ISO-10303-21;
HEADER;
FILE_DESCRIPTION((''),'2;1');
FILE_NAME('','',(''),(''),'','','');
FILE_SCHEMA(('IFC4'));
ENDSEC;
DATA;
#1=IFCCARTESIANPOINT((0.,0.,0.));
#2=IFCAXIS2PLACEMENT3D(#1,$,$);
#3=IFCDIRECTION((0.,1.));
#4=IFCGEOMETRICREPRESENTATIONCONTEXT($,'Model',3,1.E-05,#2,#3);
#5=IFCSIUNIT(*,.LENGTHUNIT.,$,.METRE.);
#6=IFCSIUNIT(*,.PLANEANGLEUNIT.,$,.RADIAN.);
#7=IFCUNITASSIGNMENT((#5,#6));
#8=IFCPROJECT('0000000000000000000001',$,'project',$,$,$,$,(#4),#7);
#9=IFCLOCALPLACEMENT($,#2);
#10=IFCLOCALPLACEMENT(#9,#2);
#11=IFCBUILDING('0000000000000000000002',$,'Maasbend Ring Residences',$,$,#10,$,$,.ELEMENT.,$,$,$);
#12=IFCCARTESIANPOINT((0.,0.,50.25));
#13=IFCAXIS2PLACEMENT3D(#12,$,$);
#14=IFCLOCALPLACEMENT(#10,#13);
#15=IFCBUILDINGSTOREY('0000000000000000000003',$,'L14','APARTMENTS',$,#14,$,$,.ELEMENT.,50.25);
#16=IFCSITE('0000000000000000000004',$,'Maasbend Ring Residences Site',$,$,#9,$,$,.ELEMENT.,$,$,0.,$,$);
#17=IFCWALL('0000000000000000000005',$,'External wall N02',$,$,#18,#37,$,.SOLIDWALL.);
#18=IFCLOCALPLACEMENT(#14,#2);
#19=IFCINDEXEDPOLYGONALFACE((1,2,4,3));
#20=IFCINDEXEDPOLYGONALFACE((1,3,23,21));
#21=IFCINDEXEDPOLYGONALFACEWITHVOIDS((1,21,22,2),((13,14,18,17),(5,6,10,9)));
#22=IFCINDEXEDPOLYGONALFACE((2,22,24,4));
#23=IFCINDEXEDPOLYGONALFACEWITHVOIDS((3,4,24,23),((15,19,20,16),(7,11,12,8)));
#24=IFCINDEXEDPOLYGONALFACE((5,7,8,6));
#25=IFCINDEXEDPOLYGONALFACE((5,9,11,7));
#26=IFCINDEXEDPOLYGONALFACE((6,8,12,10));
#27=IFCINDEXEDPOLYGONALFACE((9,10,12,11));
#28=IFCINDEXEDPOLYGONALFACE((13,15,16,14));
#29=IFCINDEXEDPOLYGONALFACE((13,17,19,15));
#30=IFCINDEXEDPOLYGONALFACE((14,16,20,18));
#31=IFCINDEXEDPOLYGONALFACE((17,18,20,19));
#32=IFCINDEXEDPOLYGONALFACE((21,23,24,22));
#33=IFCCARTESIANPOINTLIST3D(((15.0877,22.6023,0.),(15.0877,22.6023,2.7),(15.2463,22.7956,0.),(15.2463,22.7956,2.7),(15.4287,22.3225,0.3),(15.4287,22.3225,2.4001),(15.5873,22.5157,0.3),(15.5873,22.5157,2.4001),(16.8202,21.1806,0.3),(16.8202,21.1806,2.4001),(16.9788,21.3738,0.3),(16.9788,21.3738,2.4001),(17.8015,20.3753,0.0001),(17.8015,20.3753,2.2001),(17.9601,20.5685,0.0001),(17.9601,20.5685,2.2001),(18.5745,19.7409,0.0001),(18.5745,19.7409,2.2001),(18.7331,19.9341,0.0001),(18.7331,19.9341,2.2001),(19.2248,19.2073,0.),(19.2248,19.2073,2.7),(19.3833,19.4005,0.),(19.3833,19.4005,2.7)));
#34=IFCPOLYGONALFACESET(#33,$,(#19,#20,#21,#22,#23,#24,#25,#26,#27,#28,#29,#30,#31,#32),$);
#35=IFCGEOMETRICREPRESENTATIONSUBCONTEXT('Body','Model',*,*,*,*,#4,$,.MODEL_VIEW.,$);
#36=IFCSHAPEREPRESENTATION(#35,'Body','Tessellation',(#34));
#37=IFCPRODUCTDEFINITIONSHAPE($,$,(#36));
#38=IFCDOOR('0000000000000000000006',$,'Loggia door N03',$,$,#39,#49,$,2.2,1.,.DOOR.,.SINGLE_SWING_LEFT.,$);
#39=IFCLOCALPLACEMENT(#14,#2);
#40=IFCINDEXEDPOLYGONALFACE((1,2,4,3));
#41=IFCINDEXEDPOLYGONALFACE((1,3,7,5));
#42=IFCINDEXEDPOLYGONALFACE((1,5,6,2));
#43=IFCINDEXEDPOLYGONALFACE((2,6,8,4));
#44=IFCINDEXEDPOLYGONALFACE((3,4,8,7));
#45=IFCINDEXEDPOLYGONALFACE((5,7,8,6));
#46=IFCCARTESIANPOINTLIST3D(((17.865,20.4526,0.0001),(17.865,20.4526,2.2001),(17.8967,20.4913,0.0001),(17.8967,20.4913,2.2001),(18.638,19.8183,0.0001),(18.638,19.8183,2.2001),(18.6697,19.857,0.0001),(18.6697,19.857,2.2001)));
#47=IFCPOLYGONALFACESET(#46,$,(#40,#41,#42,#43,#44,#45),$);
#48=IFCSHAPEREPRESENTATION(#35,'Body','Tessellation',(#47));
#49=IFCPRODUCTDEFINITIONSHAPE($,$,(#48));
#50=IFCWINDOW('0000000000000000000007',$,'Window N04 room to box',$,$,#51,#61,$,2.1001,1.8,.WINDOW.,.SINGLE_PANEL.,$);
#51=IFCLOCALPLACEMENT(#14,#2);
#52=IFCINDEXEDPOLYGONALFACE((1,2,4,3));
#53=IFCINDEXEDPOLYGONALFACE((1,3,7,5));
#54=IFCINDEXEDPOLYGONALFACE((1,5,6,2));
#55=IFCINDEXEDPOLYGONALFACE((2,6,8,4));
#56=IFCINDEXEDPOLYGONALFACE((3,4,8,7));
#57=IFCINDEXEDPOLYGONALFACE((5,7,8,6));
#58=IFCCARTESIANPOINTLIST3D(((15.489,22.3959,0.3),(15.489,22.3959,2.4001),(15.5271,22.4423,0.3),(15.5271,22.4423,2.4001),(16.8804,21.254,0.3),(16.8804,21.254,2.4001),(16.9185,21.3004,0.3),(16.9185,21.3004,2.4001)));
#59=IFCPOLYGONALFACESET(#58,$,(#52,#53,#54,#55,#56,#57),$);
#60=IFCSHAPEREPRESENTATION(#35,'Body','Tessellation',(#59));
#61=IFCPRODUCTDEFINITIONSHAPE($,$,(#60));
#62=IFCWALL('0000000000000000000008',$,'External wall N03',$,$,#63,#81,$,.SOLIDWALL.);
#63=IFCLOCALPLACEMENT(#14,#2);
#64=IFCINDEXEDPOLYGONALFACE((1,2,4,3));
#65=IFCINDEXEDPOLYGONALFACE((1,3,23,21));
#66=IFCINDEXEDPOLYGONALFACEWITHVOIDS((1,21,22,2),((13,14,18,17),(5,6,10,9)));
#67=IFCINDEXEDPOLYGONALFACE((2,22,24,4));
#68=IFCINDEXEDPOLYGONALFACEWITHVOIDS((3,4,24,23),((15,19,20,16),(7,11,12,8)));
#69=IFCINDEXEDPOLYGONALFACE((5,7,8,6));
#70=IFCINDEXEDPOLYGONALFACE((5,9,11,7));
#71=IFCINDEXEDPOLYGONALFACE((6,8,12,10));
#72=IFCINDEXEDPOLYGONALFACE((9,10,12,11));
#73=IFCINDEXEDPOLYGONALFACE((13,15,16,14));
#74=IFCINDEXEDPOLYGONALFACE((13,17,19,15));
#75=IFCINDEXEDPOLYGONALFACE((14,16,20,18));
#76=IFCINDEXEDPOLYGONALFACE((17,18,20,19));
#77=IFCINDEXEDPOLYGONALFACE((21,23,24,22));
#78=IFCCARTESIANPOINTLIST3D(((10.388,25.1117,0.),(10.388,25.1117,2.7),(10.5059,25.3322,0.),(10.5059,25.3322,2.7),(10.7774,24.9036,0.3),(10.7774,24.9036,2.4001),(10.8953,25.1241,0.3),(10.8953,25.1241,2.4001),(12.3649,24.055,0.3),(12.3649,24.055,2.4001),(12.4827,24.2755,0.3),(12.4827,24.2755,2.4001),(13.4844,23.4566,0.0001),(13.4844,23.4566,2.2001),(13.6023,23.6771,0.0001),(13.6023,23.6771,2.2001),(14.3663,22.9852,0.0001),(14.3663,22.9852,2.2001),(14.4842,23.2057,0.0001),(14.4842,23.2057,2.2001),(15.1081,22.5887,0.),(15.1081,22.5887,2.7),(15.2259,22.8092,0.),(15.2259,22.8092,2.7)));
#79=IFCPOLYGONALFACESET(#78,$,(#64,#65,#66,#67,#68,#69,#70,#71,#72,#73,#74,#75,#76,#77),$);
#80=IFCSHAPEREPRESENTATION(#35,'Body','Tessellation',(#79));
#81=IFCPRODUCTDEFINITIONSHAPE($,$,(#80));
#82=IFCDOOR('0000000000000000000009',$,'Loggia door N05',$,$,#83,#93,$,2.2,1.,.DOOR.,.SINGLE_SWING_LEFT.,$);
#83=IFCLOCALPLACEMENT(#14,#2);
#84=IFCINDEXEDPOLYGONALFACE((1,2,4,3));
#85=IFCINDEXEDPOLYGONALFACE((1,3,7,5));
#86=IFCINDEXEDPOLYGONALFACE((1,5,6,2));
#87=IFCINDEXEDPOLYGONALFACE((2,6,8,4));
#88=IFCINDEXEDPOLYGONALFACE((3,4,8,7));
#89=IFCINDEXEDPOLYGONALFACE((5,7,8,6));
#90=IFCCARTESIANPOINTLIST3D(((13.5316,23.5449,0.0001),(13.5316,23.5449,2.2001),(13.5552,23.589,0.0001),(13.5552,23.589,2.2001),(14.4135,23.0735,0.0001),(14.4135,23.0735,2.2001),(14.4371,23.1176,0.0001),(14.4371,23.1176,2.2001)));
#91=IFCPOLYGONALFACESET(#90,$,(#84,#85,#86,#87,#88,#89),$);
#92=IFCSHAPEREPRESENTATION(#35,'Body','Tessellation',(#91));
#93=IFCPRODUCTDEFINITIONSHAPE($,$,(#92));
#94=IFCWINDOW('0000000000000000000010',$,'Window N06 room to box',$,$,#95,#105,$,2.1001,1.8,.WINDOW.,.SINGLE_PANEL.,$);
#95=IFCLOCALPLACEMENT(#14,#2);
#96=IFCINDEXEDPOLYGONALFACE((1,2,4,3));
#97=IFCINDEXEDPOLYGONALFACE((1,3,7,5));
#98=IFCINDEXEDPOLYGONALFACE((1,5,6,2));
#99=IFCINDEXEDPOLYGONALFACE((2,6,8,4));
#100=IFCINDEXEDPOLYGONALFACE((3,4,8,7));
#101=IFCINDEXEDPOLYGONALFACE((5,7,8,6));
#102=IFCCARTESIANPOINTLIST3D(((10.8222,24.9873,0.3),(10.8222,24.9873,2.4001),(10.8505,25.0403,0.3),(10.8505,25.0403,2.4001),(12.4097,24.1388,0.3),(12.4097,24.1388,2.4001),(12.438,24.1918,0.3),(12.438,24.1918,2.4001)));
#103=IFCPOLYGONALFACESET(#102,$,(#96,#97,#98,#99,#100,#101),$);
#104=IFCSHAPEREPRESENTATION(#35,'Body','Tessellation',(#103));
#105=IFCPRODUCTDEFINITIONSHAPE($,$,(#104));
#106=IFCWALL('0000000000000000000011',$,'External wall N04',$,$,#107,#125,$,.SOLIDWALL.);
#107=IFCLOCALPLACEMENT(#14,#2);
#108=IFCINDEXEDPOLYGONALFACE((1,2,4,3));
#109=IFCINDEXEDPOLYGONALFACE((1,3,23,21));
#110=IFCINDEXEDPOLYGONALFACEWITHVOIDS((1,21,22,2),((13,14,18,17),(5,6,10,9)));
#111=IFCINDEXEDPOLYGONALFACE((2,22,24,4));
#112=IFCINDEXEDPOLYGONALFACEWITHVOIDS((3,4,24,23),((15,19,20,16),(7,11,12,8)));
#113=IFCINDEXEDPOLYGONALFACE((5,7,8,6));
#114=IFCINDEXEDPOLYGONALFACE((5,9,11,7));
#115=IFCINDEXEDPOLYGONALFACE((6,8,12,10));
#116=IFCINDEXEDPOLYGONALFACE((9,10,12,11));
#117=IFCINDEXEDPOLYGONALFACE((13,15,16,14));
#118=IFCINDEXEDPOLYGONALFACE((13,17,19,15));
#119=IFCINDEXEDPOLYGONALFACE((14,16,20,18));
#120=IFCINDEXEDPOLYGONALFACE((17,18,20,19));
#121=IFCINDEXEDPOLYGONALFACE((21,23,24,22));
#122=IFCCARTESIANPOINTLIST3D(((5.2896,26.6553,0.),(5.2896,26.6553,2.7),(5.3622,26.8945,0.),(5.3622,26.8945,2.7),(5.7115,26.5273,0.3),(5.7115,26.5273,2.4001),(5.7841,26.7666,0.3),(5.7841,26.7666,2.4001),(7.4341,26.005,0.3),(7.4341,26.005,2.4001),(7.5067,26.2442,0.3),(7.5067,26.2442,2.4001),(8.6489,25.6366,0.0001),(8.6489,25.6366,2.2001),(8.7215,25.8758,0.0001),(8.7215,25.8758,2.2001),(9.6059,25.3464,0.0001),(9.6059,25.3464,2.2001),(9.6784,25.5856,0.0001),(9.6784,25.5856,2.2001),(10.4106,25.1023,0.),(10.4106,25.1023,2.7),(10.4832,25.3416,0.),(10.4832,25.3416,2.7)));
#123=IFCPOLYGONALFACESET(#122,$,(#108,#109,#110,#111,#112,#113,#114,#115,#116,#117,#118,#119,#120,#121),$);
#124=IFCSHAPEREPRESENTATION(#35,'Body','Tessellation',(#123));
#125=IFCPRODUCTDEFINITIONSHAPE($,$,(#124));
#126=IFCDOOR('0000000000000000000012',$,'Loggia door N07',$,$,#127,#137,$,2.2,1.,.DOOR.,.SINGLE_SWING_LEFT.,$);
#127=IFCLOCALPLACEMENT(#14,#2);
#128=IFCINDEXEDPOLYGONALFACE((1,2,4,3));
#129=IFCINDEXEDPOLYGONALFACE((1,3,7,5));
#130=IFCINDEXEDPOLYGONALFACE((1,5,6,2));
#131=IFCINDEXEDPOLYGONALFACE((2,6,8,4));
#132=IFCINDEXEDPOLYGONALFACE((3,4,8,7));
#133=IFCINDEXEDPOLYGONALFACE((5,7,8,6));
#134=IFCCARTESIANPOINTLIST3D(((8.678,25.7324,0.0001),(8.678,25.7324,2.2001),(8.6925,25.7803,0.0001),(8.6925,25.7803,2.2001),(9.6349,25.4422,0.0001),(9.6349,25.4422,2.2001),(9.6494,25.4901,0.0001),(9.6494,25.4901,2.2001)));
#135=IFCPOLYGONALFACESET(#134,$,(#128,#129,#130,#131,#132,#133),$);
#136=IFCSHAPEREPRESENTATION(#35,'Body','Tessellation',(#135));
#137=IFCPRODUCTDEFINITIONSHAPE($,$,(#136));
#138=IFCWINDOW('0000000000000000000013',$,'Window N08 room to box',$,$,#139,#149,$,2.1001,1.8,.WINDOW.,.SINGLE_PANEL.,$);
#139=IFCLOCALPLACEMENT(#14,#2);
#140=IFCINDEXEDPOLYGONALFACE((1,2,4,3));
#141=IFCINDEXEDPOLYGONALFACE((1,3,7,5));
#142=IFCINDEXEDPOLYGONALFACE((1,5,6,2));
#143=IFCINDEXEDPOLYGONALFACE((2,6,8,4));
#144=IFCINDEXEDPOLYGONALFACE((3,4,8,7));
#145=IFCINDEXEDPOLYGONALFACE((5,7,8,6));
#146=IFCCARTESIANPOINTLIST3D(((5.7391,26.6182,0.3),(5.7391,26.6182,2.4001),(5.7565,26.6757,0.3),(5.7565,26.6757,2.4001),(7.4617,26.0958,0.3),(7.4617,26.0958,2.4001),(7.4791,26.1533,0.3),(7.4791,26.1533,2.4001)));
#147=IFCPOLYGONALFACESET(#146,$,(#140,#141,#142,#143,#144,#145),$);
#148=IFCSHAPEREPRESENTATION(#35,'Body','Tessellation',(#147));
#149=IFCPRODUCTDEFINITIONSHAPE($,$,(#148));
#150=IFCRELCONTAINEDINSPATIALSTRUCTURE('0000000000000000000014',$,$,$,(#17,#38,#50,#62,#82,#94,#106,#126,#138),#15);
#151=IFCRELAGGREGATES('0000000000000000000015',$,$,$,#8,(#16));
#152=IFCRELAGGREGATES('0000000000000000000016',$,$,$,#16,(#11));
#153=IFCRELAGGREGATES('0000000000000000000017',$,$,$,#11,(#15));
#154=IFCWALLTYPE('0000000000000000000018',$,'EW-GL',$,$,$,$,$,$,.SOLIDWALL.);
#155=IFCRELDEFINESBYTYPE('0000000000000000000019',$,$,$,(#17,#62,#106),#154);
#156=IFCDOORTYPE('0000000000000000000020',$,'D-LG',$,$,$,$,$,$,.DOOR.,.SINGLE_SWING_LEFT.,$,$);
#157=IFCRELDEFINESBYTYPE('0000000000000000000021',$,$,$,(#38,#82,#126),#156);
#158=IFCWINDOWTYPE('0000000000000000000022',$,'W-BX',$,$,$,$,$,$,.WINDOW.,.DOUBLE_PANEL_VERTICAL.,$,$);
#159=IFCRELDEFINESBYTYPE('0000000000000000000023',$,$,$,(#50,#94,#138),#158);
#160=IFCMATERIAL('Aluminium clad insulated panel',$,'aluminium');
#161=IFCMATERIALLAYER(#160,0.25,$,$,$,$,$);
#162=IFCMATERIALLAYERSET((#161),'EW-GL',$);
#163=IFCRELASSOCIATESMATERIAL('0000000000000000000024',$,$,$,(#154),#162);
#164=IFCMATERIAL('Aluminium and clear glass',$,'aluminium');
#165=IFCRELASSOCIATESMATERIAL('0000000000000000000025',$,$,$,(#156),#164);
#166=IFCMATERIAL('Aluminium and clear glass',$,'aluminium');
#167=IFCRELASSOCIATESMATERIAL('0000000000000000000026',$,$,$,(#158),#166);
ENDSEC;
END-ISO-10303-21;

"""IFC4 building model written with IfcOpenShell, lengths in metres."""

from ifc_helpers import new_model, si_unit, direction, frame, frame_2d, origin, place, context, subcontext, project, spatial, rectangle, extrude, material, layer, layer_set, type_object, element, fill, save


model = new_model("IFC4")

# Units and contexts
model_context = context("Model", 3, precision=1e-05, world=origin(), true_north=direction((0.0, 1.0)))
body_context = subcontext(model_context, "Body", "Model", "MODEL_VIEW")
ifc_project = project(units=[si_unit("LENGTHUNIT", "METRE"), si_unit("PLANEANGLEUNIT", "RADIAN")], contexts=[model_context])

# Site, building, storey
site_placement = place(None, origin())
site = spatial("IfcSite", under=ifc_project, at=site_placement, Name="Maasbend Ring Residences Site", CompositionType="ELEMENT", RefElevation=0.0)
building_placement = place(site_placement, origin())
building = spatial("IfcBuilding", under=site, at=building_placement, Name="Maasbend Ring Residences", CompositionType="ELEMENT")
storey_placement = place(building_placement, frame((0.0, 0.0, 50.25)))
storey = spatial("IfcBuildingStorey", under=building, at=storey_placement, Name="L14", Description="APARTMENTS", CompositionType="ELEMENT", Elevation=50.25)

# Walls, openings, doors, windows
ifc_material_1 = material(Name="Aluminium clad insulated panel", Category="aluminium")
ifc_layer_1 = layer(ifc_material_1, 0.25)
ifc_layer_set_1 = layer_set([ifc_layer_1], Name="EW-GL")
wall_type_1 = type_object("IfcWallType", Name="EW-GL", PredefinedType="SOLIDWALL", material=ifc_layer_set_1)
wall_1_placement = place(storey_placement, frame((19.304, 19.304, 0.0), z_axis=(0.0, 0.0, 1.0), x_axis=(-0.773019, 0.634382, 0.0)))
wall_1 = element("IfcWall", 1, at=wall_1_placement, inside=storey, type_object=wall_type_1, Name="External wall N02", PredefinedType="SOLIDWALL", context=body_context, shape_type="SweptSolid", body=[
    extrude(rectangle(XDim=5.3518, YDim=0.25, at=frame_2d((2.6758, 0.0))), origin(), (0.0, 0.0, 1.0), 2.7),
])
opening_1_placement = place(wall_1_placement, frame((0.8411, 0.0, 0.0)))
opening_1 = element("IfcOpeningElement", 2, at=opening_1_placement, cuts=wall_1, PredefinedType="OPENING", context=body_context, shape_type="SweptSolid", body=[
    extrude(rectangle(XDim=1.0, YDim=2.2, at=frame_2d((0.5, 1.1001))), frame((0.0, 0.135, 0.0), z_axis=(0.0, -1.0, 0.0), x_axis=(1.0, 0.0, 0.0)), (0.0, 0.0, 1.0), 0.27),
])
opening_2_placement = place(wall_1_placement, frame((3.1106, 0.0, 0.3)))
opening_2 = element("IfcOpeningElement", 3, at=opening_2_placement, cuts=wall_1, PredefinedType="OPENING", context=body_context, shape_type="SweptSolid", body=[
    extrude(rectangle(XDim=1.8, YDim=2.1001, at=frame_2d((0.8999, 1.05))), frame((0.0, 0.135, 0.0), z_axis=(0.0, -1.0, 0.0), x_axis=(1.0, 0.0, 0.0)), (0.0, 0.0, 1.0), 0.27),
])
ifc_material_2 = material(Name="Aluminium and clear glass", Category="aluminium")
door_type = type_object("IfcDoorType", Name="D-LG", OperationType="SINGLE_SWING_LEFT", PredefinedType="DOOR", material=ifc_material_2)
door_1_placement = place(opening_1_placement, origin())
door_1 = element("IfcDoor", 4, at=door_1_placement, inside=storey, type_object=door_type, Name="Loggia door N03", OperationType="SINGLE_SWING_LEFT", OverallHeight=2.2, OverallWidth=1.0, PredefinedType="DOOR", context=body_context, shape_type="SweptSolid", body=[
    extrude(rectangle(XDim=1.0, YDim=2.2, at=frame_2d((0.5, 1.1001))), frame((0.0, 0.0249, 0.0), z_axis=(0.0, -1.0, 0.0), x_axis=(1.0, 0.0, 0.0)), (0.0, 0.0, 1.0), 0.05),
])
fill(opening_1, door_1)
ifc_material_3 = material(Name="Aluminium and clear glass", Category="aluminium")
window_type_1 = type_object("IfcWindowType", Name="W-BX", PartitioningType="DOUBLE_PANEL_VERTICAL", PredefinedType="WINDOW", material=ifc_material_3)
window_1_placement = place(opening_2_placement, origin())
window_1 = element("IfcWindow", 5, at=window_1_placement, inside=storey, type_object=window_type_1, Name="Window N04 room to box", OverallHeight=2.1001, OverallWidth=1.8, PartitioningType="SINGLE_PANEL", PredefinedType="WINDOW", context=body_context, shape_type="SweptSolid", body=[
    extrude(rectangle(XDim=1.8, YDim=2.1001, at=frame_2d((0.8999, 1.05))), frame((0.0, 0.03, 0.0), z_axis=(0.0, -1.0, 0.0), x_axis=(1.0, 0.0, 0.0)), (0.0, 0.0, 1.0), 0.0601),
])
fill(opening_2, window_1)
wall_2_placement = place(storey_placement, frame((15.167, 22.699, 0.0), z_axis=(0.0, 0.0, 1.0), x_axis=(-0.881916, 0.471407, 0.0)))
wall_2 = element("IfcWall", 6, at=wall_2_placement, inside=storey, type_object=wall_type_1, Name="External wall N03", PredefinedType="SOLIDWALL", context=body_context, shape_type="SweptSolid", body=[
    extrude(rectangle(XDim=5.3521, YDim=0.25, at=frame_2d((2.676, 0.0))), origin(), (0.0, 0.0, 1.0), 2.7),
])
opening_3_placement = place(wall_2_placement, frame((0.8411, 0.0, 0.0)))
opening_3 = element("IfcOpeningElement", 7, at=opening_3_placement, cuts=wall_2, PredefinedType="OPENING", context=body_context, shape_type="SweptSolid", body=[
    extrude(rectangle(XDim=1.0, YDim=2.2, at=frame_2d((0.5, 1.1001))), frame((0.0, 0.135, 0.0), z_axis=(0.0, -1.0, 0.0), x_axis=(1.0, 0.0, 0.0)), (0.0, 0.0, 1.0), 0.27),
])
opening_4_placement = place(wall_2_placement, frame((3.1106, 0.0, 0.3)))
opening_4 = element("IfcOpeningElement", 8, at=opening_4_placement, cuts=wall_2, PredefinedType="OPENING", context=body_context, shape_type="SweptSolid", body=[
    extrude(rectangle(XDim=1.8, YDim=2.1001, at=frame_2d((0.8999, 1.05))), frame((0.0, 0.135, 0.0), z_axis=(0.0, -1.0, 0.0), x_axis=(1.0, 0.0, 0.0)), (0.0, 0.0, 1.0), 0.27),
])
door_2_placement = place(opening_3_placement, origin())
door_2 = element("IfcDoor", 9, at=door_2_placement, inside=storey, type_object=door_type, Name="Loggia door N05", OperationType="SINGLE_SWING_LEFT", OverallHeight=2.2, OverallWidth=1.0, PredefinedType="DOOR", context=body_context, shape_type="SweptSolid", body=[
    extrude(rectangle(XDim=1.0, YDim=2.2, at=frame_2d((0.5, 1.1001))), frame((0.0, 0.0249, 0.0), z_axis=(0.0, -1.0, 0.0), x_axis=(1.0, 0.0, 0.0)), (0.0, 0.0, 1.0), 0.05),
])
fill(opening_3, door_2)
window_2_placement = place(opening_4_placement, origin())
window_2 = element("IfcWindow", 10, at=window_2_placement, inside=storey, type_object=window_type_1, Name="Window N06 room to box", OverallHeight=2.1001, OverallWidth=1.8, PartitioningType="SINGLE_PANEL", PredefinedType="WINDOW", context=body_context, shape_type="SweptSolid", body=[
    extrude(rectangle(XDim=1.8, YDim=2.1001, at=frame_2d((0.8999, 1.05))), frame((0.0, 0.03, 0.0), z_axis=(0.0, -1.0, 0.0), x_axis=(1.0, 0.0, 0.0)), (0.0, 0.0, 1.0), 0.0601),
])
fill(opening_4, window_2)
wall_3_placement = place(storey_placement, frame((10.447, 25.2219, 0.0), z_axis=(0.0, 0.0, 1.0), x_axis=(-0.956966, 0.290201, 0.0)))
wall_3 = element("IfcWall", 11, at=wall_3_placement, inside=storey, type_object=wall_type_1, Name="External wall N04", PredefinedType="SOLIDWALL", context=body_context, shape_type="SweptSolid", body=[
    extrude(rectangle(XDim=5.3513, YDim=0.25, at=frame_2d((2.6758, 0.0))), origin(), (0.0, 0.0, 1.0), 2.7),
])
opening_5_placement = place(wall_3_placement, frame((0.8411, 0.0, 0.0)))
opening_5 = element("IfcOpeningElement", 12, at=opening_5_placement, cuts=wall_3, PredefinedType="OPENING", context=body_context, shape_type="SweptSolid", body=[
    extrude(rectangle(XDim=1.0, YDim=2.2, at=frame_2d((0.5, 1.1001))), frame((0.0, 0.135, 0.0), z_axis=(0.0, -1.0, 0.0), x_axis=(1.0, 0.0, 0.0)), (0.0, 0.0, 1.0), 0.27),
])
opening_6_placement = place(wall_3_placement, frame((3.1106, 0.0, 0.3)))
opening_6 = element("IfcOpeningElement", 13, at=opening_6_placement, cuts=wall_3, PredefinedType="OPENING", context=body_context, shape_type="SweptSolid", body=[
    extrude(rectangle(XDim=1.8, YDim=2.1001, at=frame_2d((0.8999, 1.05))), frame((0.0, 0.135, 0.0), z_axis=(0.0, -1.0, 0.0), x_axis=(1.0, 0.0, 0.0)), (0.0, 0.0, 1.0), 0.27),
])
door_3_placement = place(opening_5_placement, origin())
door_3 = element("IfcDoor", 14, at=door_3_placement, inside=storey, type_object=door_type, Name="Loggia door N07", OperationType="SINGLE_SWING_LEFT", OverallHeight=2.2, OverallWidth=1.0, PredefinedType="DOOR", context=body_context, shape_type="SweptSolid", body=[
    extrude(rectangle(XDim=1.0, YDim=2.2, at=frame_2d((0.5, 1.1001))), frame((0.0, 0.0249, 0.0), z_axis=(0.0, -1.0, 0.0), x_axis=(1.0, 0.0, 0.0)), (0.0, 0.0, 1.0), 0.05),
])
fill(opening_5, door_3)
window_3_placement = place(opening_6_placement, origin())
window_3 = element("IfcWindow", 15, at=window_3_placement, inside=storey, type_object=window_type_1, Name="Window N08 room to box", OverallHeight=2.1001, OverallWidth=1.8, PartitioningType="SINGLE_PANEL", PredefinedType="WINDOW", context=body_context, shape_type="SweptSolid", body=[
    extrude(rectangle(XDim=1.8, YDim=2.1001, at=frame_2d((0.8999, 1.05))), frame((0.0, 0.03, 0.0), z_axis=(0.0, -1.0, 0.0), x_axis=(1.0, 0.0, 0.0)), (0.0, 0.0, 1.0), 0.0601),
])
fill(opening_6, window_3)

save(model, "model.ifc")
